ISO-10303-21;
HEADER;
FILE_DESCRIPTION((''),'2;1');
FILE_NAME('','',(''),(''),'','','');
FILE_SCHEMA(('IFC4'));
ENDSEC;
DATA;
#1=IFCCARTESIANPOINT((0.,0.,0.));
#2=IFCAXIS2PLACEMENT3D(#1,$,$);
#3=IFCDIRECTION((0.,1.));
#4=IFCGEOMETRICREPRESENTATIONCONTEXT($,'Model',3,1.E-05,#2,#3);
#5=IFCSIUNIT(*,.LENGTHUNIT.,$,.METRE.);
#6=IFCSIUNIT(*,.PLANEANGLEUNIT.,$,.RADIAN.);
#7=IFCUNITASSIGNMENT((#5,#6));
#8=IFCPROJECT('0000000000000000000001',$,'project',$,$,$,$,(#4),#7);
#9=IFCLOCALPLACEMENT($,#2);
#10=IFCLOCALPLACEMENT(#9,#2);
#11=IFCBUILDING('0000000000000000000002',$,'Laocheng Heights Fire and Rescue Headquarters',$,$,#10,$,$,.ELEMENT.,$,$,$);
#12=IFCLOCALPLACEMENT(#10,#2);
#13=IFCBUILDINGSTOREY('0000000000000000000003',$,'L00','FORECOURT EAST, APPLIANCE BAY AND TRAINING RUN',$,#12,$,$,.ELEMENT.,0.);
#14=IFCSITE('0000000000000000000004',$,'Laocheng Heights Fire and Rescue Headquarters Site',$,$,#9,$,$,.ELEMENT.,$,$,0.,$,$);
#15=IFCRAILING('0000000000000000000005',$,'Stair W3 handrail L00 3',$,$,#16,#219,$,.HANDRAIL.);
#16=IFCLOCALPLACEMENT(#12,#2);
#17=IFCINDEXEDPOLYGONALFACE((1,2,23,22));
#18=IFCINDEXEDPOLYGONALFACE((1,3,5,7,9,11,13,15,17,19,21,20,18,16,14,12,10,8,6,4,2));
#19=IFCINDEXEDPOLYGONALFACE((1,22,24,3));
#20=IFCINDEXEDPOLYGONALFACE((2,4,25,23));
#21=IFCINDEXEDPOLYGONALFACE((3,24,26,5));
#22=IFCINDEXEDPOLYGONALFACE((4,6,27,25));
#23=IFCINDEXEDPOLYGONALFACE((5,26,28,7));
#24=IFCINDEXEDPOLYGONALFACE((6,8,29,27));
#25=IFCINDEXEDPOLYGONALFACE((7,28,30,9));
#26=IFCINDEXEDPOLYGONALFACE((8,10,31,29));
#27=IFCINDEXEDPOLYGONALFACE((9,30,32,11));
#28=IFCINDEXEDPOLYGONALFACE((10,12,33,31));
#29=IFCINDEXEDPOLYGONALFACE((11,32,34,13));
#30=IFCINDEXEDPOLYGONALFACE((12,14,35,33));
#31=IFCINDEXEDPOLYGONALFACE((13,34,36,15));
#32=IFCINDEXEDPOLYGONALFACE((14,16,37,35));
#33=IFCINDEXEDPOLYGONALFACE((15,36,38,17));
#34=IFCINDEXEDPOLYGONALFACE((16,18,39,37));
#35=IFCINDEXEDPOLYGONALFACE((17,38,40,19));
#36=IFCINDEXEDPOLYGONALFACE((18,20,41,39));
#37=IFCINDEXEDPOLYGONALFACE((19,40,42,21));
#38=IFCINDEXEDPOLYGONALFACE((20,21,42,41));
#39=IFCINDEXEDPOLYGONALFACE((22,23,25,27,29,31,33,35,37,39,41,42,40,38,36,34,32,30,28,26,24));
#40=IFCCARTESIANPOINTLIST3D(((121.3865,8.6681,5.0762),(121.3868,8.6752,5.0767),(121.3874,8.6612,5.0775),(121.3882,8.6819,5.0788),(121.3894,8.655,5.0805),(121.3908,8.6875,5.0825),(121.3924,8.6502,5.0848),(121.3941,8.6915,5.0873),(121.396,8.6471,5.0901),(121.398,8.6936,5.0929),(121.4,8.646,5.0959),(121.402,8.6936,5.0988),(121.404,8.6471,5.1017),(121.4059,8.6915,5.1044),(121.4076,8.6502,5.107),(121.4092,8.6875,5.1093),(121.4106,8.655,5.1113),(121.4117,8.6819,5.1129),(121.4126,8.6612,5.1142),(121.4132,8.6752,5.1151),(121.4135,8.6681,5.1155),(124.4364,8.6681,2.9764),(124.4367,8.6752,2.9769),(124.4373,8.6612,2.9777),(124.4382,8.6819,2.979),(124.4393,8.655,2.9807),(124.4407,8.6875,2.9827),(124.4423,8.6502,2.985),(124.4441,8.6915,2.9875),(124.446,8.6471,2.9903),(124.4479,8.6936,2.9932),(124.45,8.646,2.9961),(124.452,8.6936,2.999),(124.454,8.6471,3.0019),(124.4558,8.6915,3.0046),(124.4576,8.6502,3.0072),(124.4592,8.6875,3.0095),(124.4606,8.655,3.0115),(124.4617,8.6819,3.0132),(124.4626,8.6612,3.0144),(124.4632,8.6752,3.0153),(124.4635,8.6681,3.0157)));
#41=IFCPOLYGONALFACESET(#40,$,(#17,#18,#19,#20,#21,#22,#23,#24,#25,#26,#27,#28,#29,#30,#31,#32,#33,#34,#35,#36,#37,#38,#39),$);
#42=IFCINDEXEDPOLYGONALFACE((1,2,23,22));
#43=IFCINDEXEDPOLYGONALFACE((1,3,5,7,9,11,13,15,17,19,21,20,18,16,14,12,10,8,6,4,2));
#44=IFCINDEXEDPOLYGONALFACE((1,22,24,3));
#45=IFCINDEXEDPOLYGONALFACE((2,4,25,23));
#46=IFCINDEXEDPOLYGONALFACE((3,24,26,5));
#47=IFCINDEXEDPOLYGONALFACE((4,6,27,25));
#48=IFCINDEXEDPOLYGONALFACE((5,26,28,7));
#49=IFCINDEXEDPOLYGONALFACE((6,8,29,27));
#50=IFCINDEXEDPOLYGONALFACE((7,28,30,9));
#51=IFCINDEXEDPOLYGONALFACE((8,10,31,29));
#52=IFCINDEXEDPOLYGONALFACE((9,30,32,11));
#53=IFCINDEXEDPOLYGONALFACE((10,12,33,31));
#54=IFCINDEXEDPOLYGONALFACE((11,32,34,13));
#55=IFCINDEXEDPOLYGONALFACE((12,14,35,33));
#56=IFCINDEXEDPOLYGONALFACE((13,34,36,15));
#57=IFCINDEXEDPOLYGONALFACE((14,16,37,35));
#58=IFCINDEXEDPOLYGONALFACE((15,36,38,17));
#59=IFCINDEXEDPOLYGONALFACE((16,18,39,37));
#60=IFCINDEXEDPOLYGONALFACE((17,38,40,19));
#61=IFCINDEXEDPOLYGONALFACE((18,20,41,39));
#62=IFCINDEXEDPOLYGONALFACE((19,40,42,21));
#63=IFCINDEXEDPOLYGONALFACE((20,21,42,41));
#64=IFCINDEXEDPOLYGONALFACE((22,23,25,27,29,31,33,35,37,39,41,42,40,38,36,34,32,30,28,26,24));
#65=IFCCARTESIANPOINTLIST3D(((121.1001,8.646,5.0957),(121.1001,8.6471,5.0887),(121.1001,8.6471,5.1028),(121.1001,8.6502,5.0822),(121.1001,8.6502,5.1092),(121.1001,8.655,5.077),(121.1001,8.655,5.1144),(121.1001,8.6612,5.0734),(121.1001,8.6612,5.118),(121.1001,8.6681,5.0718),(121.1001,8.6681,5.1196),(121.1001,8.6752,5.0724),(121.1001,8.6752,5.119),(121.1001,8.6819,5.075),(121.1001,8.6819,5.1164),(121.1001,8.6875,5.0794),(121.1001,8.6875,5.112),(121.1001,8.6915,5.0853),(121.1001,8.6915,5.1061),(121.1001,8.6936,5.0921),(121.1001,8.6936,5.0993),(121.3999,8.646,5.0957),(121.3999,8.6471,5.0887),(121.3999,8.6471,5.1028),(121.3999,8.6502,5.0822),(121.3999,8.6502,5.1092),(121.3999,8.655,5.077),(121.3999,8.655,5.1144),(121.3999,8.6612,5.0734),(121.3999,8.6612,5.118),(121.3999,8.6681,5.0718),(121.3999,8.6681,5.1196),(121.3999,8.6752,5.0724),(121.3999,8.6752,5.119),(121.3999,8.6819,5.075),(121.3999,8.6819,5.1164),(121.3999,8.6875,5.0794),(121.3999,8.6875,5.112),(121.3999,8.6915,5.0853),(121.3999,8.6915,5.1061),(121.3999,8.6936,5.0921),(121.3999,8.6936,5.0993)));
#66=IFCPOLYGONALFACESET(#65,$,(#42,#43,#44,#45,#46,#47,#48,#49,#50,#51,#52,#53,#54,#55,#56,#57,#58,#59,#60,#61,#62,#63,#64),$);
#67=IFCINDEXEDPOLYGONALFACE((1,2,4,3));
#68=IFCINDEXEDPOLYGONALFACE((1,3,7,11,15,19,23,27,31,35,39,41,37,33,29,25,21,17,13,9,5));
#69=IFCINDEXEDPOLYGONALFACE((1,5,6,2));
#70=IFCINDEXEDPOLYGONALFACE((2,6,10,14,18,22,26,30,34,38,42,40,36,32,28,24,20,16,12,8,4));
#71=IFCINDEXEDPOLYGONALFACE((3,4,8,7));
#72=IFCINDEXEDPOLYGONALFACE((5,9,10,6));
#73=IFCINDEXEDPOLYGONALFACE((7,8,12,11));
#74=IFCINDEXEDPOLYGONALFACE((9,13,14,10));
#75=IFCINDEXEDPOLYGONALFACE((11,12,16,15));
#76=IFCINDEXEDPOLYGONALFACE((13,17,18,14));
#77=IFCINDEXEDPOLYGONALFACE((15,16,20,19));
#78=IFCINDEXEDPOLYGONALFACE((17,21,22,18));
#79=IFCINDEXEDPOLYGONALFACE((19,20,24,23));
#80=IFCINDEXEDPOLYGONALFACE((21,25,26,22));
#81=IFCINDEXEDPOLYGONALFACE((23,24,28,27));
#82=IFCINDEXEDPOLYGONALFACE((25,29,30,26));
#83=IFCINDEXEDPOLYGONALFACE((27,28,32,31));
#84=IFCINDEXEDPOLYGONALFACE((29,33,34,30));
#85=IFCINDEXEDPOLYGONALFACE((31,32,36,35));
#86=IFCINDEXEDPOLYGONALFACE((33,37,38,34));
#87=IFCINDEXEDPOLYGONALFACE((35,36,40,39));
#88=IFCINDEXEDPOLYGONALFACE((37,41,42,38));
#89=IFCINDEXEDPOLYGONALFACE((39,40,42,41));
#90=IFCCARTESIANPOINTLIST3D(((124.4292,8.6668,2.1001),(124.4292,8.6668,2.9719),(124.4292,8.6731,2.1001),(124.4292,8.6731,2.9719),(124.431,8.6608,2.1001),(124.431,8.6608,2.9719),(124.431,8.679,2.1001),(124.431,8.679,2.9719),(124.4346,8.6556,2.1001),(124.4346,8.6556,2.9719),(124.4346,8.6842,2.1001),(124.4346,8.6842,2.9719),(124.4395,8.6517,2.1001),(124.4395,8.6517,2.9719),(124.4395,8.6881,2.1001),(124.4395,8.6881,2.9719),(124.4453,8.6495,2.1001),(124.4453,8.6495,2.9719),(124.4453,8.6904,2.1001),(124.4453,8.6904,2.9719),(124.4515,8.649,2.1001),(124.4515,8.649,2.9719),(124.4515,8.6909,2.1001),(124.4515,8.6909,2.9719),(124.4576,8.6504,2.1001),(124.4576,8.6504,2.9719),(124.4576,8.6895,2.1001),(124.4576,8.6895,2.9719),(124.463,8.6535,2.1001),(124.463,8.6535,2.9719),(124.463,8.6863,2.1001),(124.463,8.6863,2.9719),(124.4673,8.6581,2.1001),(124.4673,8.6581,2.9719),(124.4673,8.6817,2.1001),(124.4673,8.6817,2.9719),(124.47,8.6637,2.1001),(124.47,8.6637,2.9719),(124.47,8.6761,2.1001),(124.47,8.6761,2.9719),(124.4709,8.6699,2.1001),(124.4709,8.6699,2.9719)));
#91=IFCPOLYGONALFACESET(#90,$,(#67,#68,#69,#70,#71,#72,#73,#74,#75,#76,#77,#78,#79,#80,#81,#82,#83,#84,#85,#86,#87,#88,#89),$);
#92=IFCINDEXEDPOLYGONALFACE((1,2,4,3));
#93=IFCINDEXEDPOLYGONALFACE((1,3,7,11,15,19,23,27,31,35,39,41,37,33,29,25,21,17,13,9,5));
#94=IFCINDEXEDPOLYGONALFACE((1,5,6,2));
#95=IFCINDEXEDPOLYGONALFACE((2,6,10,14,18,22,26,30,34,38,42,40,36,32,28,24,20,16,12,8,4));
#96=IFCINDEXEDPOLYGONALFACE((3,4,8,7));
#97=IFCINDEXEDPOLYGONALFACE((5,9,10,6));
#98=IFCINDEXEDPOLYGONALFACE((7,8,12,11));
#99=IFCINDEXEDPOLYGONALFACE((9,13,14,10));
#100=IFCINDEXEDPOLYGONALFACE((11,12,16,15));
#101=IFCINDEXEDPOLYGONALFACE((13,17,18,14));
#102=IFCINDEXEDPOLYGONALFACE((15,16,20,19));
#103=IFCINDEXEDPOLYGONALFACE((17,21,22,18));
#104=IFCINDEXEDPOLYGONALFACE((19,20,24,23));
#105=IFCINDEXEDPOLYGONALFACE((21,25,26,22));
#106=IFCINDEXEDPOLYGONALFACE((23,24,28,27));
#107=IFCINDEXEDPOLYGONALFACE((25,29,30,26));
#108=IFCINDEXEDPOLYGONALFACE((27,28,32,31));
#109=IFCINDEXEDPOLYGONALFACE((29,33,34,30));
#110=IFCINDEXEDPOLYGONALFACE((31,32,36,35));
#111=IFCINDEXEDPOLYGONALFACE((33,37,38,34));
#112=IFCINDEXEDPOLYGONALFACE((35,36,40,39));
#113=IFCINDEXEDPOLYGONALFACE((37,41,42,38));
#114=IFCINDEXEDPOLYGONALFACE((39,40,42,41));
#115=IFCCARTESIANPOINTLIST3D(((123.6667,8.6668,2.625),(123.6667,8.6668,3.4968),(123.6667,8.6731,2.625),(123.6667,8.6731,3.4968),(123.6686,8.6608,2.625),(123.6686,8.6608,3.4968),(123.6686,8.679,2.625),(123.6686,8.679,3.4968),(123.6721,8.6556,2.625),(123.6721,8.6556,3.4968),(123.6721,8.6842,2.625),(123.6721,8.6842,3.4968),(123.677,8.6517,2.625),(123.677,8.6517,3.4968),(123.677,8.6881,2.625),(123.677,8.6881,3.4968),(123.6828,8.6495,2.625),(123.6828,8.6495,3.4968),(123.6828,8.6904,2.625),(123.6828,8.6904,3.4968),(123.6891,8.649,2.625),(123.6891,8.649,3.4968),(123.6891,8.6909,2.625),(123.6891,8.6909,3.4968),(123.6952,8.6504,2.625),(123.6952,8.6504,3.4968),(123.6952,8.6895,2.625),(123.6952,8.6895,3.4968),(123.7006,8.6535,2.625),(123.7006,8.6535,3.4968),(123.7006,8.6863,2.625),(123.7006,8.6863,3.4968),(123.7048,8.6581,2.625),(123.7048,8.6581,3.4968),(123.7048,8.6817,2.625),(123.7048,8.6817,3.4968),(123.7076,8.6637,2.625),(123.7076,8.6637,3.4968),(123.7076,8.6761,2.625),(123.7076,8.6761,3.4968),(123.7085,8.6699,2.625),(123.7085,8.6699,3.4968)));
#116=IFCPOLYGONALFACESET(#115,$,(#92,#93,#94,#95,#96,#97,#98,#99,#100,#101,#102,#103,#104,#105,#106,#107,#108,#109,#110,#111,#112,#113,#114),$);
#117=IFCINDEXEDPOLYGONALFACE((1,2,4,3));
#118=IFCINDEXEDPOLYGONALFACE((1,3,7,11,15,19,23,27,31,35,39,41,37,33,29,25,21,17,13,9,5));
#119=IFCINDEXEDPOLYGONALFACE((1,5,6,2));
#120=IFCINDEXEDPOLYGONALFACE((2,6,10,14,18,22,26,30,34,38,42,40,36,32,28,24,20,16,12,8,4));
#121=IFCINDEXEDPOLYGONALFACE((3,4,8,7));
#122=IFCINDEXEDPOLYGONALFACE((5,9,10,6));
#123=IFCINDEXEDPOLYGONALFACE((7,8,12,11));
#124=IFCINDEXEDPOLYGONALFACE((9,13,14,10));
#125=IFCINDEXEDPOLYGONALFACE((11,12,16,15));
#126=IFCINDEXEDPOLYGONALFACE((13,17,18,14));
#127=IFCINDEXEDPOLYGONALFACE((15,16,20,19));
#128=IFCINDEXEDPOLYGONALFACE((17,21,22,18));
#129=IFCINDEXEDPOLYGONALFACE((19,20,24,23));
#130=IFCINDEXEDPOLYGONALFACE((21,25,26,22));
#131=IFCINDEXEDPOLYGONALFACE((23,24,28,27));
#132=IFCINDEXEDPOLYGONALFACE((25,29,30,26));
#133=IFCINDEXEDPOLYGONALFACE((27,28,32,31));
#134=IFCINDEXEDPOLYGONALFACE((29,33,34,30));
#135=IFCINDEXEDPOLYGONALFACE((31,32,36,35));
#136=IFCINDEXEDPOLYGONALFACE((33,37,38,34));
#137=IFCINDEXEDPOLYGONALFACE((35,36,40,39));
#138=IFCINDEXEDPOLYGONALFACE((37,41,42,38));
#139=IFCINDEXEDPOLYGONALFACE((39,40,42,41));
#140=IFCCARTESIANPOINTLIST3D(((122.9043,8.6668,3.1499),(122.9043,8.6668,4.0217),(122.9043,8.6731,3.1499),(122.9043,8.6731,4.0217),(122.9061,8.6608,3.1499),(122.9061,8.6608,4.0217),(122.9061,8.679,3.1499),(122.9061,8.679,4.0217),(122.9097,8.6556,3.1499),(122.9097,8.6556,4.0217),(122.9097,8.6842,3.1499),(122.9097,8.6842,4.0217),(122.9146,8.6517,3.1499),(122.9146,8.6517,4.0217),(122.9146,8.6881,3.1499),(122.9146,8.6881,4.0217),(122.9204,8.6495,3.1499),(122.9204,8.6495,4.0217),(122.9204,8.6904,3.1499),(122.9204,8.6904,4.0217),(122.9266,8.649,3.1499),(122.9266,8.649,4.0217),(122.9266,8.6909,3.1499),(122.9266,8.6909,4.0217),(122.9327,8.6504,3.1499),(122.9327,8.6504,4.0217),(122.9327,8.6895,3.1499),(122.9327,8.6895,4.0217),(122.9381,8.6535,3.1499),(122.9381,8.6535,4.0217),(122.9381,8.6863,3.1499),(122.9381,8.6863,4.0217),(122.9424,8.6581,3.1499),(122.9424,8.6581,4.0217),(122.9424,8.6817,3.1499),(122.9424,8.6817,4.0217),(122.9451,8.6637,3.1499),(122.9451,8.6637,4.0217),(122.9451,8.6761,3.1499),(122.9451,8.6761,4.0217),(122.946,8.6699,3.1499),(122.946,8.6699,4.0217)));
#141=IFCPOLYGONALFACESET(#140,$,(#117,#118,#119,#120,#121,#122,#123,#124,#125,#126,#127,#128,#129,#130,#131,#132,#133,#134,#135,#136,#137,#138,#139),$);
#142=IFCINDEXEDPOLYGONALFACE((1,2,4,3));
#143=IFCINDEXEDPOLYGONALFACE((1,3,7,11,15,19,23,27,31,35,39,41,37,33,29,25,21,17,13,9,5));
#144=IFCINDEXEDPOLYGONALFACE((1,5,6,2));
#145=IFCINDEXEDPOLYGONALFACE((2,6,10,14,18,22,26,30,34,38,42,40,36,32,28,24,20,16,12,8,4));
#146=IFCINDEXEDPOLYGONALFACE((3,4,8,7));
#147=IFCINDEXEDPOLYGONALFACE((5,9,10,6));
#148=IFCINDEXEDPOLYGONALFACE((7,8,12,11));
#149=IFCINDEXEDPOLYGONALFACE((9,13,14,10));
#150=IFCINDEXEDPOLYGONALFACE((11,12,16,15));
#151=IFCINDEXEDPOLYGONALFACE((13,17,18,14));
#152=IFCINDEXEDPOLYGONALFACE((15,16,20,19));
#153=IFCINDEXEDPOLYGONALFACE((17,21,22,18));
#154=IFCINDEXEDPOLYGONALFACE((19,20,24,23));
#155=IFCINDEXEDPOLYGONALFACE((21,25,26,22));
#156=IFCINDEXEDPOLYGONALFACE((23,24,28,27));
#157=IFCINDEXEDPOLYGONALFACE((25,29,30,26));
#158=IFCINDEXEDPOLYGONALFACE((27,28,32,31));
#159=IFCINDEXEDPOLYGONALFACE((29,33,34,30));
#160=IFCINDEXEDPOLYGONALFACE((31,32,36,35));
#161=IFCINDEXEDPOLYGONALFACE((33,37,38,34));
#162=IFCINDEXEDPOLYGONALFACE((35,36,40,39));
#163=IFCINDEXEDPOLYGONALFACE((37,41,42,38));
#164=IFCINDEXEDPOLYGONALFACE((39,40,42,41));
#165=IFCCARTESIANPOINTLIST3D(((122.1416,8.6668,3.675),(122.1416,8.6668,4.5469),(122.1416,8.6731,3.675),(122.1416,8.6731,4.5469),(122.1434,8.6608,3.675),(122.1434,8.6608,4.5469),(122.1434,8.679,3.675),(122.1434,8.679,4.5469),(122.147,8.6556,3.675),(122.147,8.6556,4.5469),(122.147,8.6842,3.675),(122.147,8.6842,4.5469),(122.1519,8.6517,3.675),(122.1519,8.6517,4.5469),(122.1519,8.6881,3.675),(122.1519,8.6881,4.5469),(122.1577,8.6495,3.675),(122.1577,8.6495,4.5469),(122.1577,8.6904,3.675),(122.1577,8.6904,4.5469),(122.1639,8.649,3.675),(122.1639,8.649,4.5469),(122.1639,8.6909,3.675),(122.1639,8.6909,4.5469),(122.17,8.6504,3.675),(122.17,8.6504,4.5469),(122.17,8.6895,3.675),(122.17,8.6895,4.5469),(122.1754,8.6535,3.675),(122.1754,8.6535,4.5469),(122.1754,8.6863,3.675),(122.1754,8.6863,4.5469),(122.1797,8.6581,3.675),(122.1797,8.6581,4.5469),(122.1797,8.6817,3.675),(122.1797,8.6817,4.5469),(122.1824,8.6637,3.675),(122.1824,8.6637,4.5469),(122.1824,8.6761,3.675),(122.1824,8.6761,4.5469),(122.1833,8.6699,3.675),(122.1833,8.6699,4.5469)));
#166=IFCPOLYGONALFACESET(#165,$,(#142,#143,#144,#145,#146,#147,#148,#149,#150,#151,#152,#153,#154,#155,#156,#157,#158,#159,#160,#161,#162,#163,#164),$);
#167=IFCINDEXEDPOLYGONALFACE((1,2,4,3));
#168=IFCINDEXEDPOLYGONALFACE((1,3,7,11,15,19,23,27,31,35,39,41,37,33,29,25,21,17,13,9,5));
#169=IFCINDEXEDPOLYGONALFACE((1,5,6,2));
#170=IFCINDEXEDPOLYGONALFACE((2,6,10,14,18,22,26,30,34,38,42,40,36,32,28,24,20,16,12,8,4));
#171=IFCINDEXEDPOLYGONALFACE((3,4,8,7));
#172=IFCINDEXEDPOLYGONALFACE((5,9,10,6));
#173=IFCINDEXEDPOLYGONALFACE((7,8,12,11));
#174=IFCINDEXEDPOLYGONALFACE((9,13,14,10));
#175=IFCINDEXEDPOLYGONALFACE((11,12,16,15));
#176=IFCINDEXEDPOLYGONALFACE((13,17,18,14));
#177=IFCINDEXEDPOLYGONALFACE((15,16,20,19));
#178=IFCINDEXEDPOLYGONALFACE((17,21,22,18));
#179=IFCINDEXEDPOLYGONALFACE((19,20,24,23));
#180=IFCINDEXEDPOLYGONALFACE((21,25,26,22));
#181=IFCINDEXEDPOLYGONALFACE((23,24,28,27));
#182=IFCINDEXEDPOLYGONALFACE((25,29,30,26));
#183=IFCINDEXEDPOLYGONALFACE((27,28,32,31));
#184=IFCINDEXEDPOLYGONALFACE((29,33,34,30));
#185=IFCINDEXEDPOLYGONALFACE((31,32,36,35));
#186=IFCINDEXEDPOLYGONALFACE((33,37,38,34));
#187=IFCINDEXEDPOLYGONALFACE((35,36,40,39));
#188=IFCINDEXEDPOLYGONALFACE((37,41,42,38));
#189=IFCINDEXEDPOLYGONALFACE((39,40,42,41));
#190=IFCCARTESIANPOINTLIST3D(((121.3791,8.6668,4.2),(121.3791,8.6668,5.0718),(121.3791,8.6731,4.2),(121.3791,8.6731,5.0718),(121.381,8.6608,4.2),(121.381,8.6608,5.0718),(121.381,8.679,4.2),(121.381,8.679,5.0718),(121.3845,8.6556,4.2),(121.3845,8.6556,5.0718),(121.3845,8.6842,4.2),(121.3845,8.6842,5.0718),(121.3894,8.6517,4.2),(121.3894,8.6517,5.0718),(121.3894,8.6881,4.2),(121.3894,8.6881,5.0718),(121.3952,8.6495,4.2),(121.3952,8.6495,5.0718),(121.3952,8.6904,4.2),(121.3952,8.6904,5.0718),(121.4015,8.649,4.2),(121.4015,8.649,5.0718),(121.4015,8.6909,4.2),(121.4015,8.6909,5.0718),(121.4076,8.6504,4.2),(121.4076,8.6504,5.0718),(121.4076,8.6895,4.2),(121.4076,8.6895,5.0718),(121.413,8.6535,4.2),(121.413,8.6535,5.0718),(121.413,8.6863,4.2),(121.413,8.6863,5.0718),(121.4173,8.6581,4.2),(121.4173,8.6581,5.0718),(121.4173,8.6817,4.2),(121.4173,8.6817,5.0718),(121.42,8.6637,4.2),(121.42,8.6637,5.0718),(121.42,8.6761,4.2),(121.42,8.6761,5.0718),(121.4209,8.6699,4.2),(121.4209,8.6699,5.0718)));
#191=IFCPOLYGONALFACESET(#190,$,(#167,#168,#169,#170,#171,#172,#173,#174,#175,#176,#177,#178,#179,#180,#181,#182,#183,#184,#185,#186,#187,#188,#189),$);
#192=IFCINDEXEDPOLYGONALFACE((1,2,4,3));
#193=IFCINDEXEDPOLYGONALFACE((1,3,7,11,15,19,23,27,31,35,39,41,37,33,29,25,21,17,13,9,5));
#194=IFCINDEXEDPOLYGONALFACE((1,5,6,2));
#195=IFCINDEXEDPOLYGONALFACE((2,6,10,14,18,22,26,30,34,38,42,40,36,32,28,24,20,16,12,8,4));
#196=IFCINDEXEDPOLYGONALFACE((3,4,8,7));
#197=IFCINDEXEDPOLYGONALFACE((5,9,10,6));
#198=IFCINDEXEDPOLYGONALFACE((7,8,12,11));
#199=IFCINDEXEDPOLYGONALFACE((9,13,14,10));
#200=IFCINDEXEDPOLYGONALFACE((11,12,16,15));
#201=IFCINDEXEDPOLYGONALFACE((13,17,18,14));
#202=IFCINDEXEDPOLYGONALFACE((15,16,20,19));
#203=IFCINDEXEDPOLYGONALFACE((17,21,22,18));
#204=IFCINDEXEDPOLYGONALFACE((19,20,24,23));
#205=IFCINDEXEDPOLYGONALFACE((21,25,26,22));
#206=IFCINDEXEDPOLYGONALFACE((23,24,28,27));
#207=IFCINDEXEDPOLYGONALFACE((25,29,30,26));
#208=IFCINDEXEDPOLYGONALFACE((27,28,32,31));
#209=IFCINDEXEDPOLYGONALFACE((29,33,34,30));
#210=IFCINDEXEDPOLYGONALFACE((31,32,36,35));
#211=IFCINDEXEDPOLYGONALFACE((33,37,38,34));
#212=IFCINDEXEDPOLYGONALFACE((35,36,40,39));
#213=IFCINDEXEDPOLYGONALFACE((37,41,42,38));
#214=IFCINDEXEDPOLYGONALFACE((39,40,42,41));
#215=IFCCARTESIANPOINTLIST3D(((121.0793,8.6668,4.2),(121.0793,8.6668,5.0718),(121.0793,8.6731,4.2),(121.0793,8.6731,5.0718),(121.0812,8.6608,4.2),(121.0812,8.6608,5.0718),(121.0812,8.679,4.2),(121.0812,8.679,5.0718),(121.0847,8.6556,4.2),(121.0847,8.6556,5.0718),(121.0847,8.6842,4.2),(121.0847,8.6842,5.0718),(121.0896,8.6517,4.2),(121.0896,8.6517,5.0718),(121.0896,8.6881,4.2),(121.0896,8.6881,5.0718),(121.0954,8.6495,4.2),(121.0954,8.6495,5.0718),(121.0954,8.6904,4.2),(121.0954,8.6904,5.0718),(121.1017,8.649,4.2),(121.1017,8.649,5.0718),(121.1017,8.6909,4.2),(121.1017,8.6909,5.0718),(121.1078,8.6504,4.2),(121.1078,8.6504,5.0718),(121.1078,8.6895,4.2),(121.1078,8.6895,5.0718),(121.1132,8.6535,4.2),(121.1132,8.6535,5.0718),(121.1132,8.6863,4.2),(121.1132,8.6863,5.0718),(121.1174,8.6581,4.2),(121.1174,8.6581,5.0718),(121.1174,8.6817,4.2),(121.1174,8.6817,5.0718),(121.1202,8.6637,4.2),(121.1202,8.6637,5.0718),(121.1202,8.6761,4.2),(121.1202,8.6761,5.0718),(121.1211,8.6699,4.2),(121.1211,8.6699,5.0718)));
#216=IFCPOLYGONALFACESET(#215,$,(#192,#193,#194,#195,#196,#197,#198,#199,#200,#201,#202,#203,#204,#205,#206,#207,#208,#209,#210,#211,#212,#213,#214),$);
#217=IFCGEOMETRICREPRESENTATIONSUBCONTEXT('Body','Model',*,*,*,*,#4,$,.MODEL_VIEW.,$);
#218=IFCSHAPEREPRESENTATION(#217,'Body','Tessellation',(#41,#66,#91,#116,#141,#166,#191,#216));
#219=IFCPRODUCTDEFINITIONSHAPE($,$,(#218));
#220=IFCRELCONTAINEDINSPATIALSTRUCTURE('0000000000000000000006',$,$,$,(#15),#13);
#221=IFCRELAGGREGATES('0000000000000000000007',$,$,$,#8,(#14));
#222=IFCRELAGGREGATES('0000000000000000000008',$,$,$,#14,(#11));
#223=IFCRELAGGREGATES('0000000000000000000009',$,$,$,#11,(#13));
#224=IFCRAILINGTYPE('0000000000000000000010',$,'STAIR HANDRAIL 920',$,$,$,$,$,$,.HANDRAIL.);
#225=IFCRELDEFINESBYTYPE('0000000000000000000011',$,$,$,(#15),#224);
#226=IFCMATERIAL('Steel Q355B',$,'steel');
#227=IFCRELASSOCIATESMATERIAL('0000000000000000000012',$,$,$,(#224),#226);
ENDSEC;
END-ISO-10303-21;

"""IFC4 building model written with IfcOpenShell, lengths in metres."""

from ifc_helpers import new_model, si_unit, direction, frame, origin, origin_2d, place, context, subcontext, project, spatial, circle, extrude, material, type_object, element, save


model = new_model("IFC4")

# Units and contexts
model_context = context("Model", 3, precision=1e-05, world=origin(), true_north=direction((0.0, 1.0)))
body_context = subcontext(model_context, "Body", "Model", "MODEL_VIEW")
ifc_project = project(units=[si_unit("LENGTHUNIT", "METRE"), si_unit("PLANEANGLEUNIT", "RADIAN")], contexts=[model_context])

# Site, building, storey
site_placement = place(None, origin())
site = spatial("IfcSite", under=ifc_project, at=site_placement, Name="Laocheng Heights Fire and Rescue Headquarters Site", CompositionType="ELEMENT", RefElevation=0.0)
building_placement = place(site_placement, origin())
building = spatial("IfcBuilding", under=site, at=building_placement, Name="Laocheng Heights Fire and Rescue Headquarters", CompositionType="ELEMENT")
storey_placement = place(building_placement, origin())
storey = spatial("IfcBuildingStorey", under=building, at=storey_placement, Name="L00", Description="FORECOURT EAST, APPLIANCE BAY AND TRAINING RUN", CompositionType="ELEMENT", Elevation=0.0)

# Railing
ifc_material_1 = material(Name="Steel Q355B", Category="steel")
railing_type_1 = type_object("IfcRailingType", Name="STAIR HANDRAIL 920", PredefinedType="HANDRAIL", material=ifc_material_1)
railing_1_placement = place(storey_placement, frame((124.45, 8.6699, 2.1001)))
element("IfcRailing", 1, at=railing_1_placement, inside=storey, type_object=railing_type_1, Name="Stair W3 handrail L00 3", PredefinedType="HANDRAIL", context=body_context, shape_type="SweptSolid", body=[
    extrude(circle(Radius=0.0239, at=origin_2d()), frame((0.0, 0.0, 0.896), z_axis=(-0.82367, 0.0, 0.567069), x_axis=(0.0, -1.0, 0.0)), (0.0, 0.0, 1.0), 3.7029),
    extrude(circle(Radius=0.0239, at=origin_2d()), frame((-3.05, 0.0, 2.9956), z_axis=(-1.0, 0.0, 0.0), x_axis=(0.0, -1.0, 0.0)), (0.0, 0.0, 1.0), 0.2998),
    extrude(circle(Radius=0.021, at=origin_2d()), origin(), (0.0, 0.0, 1.0), 0.8718),
    extrude(circle(Radius=0.021, at=origin_2d()), frame((-0.7625, 0.0, 0.5249)), (0.0, 0.0, 1.0), 0.8718),
    extrude(circle(Radius=0.021, at=origin_2d()), frame((-1.5249, 0.0, 1.0498)), (0.0, 0.0, 1.0), 0.8718),
    extrude(circle(Radius=0.021, at=origin_2d()), frame((-2.2876, 0.0, 1.575)), (0.0, 0.0, 1.0), 0.8718),
    extrude(circle(Radius=0.021, at=origin_2d()), frame((-3.05, 0.0, 2.0999)), (0.0, 0.0, 1.0), 0.8718),
    extrude(circle(Radius=0.021, at=origin_2d()), frame((-3.3499, 0.0, 2.0999)), (0.0, 0.0, 1.0), 0.8718),
])

save(model, "model.ifc")
